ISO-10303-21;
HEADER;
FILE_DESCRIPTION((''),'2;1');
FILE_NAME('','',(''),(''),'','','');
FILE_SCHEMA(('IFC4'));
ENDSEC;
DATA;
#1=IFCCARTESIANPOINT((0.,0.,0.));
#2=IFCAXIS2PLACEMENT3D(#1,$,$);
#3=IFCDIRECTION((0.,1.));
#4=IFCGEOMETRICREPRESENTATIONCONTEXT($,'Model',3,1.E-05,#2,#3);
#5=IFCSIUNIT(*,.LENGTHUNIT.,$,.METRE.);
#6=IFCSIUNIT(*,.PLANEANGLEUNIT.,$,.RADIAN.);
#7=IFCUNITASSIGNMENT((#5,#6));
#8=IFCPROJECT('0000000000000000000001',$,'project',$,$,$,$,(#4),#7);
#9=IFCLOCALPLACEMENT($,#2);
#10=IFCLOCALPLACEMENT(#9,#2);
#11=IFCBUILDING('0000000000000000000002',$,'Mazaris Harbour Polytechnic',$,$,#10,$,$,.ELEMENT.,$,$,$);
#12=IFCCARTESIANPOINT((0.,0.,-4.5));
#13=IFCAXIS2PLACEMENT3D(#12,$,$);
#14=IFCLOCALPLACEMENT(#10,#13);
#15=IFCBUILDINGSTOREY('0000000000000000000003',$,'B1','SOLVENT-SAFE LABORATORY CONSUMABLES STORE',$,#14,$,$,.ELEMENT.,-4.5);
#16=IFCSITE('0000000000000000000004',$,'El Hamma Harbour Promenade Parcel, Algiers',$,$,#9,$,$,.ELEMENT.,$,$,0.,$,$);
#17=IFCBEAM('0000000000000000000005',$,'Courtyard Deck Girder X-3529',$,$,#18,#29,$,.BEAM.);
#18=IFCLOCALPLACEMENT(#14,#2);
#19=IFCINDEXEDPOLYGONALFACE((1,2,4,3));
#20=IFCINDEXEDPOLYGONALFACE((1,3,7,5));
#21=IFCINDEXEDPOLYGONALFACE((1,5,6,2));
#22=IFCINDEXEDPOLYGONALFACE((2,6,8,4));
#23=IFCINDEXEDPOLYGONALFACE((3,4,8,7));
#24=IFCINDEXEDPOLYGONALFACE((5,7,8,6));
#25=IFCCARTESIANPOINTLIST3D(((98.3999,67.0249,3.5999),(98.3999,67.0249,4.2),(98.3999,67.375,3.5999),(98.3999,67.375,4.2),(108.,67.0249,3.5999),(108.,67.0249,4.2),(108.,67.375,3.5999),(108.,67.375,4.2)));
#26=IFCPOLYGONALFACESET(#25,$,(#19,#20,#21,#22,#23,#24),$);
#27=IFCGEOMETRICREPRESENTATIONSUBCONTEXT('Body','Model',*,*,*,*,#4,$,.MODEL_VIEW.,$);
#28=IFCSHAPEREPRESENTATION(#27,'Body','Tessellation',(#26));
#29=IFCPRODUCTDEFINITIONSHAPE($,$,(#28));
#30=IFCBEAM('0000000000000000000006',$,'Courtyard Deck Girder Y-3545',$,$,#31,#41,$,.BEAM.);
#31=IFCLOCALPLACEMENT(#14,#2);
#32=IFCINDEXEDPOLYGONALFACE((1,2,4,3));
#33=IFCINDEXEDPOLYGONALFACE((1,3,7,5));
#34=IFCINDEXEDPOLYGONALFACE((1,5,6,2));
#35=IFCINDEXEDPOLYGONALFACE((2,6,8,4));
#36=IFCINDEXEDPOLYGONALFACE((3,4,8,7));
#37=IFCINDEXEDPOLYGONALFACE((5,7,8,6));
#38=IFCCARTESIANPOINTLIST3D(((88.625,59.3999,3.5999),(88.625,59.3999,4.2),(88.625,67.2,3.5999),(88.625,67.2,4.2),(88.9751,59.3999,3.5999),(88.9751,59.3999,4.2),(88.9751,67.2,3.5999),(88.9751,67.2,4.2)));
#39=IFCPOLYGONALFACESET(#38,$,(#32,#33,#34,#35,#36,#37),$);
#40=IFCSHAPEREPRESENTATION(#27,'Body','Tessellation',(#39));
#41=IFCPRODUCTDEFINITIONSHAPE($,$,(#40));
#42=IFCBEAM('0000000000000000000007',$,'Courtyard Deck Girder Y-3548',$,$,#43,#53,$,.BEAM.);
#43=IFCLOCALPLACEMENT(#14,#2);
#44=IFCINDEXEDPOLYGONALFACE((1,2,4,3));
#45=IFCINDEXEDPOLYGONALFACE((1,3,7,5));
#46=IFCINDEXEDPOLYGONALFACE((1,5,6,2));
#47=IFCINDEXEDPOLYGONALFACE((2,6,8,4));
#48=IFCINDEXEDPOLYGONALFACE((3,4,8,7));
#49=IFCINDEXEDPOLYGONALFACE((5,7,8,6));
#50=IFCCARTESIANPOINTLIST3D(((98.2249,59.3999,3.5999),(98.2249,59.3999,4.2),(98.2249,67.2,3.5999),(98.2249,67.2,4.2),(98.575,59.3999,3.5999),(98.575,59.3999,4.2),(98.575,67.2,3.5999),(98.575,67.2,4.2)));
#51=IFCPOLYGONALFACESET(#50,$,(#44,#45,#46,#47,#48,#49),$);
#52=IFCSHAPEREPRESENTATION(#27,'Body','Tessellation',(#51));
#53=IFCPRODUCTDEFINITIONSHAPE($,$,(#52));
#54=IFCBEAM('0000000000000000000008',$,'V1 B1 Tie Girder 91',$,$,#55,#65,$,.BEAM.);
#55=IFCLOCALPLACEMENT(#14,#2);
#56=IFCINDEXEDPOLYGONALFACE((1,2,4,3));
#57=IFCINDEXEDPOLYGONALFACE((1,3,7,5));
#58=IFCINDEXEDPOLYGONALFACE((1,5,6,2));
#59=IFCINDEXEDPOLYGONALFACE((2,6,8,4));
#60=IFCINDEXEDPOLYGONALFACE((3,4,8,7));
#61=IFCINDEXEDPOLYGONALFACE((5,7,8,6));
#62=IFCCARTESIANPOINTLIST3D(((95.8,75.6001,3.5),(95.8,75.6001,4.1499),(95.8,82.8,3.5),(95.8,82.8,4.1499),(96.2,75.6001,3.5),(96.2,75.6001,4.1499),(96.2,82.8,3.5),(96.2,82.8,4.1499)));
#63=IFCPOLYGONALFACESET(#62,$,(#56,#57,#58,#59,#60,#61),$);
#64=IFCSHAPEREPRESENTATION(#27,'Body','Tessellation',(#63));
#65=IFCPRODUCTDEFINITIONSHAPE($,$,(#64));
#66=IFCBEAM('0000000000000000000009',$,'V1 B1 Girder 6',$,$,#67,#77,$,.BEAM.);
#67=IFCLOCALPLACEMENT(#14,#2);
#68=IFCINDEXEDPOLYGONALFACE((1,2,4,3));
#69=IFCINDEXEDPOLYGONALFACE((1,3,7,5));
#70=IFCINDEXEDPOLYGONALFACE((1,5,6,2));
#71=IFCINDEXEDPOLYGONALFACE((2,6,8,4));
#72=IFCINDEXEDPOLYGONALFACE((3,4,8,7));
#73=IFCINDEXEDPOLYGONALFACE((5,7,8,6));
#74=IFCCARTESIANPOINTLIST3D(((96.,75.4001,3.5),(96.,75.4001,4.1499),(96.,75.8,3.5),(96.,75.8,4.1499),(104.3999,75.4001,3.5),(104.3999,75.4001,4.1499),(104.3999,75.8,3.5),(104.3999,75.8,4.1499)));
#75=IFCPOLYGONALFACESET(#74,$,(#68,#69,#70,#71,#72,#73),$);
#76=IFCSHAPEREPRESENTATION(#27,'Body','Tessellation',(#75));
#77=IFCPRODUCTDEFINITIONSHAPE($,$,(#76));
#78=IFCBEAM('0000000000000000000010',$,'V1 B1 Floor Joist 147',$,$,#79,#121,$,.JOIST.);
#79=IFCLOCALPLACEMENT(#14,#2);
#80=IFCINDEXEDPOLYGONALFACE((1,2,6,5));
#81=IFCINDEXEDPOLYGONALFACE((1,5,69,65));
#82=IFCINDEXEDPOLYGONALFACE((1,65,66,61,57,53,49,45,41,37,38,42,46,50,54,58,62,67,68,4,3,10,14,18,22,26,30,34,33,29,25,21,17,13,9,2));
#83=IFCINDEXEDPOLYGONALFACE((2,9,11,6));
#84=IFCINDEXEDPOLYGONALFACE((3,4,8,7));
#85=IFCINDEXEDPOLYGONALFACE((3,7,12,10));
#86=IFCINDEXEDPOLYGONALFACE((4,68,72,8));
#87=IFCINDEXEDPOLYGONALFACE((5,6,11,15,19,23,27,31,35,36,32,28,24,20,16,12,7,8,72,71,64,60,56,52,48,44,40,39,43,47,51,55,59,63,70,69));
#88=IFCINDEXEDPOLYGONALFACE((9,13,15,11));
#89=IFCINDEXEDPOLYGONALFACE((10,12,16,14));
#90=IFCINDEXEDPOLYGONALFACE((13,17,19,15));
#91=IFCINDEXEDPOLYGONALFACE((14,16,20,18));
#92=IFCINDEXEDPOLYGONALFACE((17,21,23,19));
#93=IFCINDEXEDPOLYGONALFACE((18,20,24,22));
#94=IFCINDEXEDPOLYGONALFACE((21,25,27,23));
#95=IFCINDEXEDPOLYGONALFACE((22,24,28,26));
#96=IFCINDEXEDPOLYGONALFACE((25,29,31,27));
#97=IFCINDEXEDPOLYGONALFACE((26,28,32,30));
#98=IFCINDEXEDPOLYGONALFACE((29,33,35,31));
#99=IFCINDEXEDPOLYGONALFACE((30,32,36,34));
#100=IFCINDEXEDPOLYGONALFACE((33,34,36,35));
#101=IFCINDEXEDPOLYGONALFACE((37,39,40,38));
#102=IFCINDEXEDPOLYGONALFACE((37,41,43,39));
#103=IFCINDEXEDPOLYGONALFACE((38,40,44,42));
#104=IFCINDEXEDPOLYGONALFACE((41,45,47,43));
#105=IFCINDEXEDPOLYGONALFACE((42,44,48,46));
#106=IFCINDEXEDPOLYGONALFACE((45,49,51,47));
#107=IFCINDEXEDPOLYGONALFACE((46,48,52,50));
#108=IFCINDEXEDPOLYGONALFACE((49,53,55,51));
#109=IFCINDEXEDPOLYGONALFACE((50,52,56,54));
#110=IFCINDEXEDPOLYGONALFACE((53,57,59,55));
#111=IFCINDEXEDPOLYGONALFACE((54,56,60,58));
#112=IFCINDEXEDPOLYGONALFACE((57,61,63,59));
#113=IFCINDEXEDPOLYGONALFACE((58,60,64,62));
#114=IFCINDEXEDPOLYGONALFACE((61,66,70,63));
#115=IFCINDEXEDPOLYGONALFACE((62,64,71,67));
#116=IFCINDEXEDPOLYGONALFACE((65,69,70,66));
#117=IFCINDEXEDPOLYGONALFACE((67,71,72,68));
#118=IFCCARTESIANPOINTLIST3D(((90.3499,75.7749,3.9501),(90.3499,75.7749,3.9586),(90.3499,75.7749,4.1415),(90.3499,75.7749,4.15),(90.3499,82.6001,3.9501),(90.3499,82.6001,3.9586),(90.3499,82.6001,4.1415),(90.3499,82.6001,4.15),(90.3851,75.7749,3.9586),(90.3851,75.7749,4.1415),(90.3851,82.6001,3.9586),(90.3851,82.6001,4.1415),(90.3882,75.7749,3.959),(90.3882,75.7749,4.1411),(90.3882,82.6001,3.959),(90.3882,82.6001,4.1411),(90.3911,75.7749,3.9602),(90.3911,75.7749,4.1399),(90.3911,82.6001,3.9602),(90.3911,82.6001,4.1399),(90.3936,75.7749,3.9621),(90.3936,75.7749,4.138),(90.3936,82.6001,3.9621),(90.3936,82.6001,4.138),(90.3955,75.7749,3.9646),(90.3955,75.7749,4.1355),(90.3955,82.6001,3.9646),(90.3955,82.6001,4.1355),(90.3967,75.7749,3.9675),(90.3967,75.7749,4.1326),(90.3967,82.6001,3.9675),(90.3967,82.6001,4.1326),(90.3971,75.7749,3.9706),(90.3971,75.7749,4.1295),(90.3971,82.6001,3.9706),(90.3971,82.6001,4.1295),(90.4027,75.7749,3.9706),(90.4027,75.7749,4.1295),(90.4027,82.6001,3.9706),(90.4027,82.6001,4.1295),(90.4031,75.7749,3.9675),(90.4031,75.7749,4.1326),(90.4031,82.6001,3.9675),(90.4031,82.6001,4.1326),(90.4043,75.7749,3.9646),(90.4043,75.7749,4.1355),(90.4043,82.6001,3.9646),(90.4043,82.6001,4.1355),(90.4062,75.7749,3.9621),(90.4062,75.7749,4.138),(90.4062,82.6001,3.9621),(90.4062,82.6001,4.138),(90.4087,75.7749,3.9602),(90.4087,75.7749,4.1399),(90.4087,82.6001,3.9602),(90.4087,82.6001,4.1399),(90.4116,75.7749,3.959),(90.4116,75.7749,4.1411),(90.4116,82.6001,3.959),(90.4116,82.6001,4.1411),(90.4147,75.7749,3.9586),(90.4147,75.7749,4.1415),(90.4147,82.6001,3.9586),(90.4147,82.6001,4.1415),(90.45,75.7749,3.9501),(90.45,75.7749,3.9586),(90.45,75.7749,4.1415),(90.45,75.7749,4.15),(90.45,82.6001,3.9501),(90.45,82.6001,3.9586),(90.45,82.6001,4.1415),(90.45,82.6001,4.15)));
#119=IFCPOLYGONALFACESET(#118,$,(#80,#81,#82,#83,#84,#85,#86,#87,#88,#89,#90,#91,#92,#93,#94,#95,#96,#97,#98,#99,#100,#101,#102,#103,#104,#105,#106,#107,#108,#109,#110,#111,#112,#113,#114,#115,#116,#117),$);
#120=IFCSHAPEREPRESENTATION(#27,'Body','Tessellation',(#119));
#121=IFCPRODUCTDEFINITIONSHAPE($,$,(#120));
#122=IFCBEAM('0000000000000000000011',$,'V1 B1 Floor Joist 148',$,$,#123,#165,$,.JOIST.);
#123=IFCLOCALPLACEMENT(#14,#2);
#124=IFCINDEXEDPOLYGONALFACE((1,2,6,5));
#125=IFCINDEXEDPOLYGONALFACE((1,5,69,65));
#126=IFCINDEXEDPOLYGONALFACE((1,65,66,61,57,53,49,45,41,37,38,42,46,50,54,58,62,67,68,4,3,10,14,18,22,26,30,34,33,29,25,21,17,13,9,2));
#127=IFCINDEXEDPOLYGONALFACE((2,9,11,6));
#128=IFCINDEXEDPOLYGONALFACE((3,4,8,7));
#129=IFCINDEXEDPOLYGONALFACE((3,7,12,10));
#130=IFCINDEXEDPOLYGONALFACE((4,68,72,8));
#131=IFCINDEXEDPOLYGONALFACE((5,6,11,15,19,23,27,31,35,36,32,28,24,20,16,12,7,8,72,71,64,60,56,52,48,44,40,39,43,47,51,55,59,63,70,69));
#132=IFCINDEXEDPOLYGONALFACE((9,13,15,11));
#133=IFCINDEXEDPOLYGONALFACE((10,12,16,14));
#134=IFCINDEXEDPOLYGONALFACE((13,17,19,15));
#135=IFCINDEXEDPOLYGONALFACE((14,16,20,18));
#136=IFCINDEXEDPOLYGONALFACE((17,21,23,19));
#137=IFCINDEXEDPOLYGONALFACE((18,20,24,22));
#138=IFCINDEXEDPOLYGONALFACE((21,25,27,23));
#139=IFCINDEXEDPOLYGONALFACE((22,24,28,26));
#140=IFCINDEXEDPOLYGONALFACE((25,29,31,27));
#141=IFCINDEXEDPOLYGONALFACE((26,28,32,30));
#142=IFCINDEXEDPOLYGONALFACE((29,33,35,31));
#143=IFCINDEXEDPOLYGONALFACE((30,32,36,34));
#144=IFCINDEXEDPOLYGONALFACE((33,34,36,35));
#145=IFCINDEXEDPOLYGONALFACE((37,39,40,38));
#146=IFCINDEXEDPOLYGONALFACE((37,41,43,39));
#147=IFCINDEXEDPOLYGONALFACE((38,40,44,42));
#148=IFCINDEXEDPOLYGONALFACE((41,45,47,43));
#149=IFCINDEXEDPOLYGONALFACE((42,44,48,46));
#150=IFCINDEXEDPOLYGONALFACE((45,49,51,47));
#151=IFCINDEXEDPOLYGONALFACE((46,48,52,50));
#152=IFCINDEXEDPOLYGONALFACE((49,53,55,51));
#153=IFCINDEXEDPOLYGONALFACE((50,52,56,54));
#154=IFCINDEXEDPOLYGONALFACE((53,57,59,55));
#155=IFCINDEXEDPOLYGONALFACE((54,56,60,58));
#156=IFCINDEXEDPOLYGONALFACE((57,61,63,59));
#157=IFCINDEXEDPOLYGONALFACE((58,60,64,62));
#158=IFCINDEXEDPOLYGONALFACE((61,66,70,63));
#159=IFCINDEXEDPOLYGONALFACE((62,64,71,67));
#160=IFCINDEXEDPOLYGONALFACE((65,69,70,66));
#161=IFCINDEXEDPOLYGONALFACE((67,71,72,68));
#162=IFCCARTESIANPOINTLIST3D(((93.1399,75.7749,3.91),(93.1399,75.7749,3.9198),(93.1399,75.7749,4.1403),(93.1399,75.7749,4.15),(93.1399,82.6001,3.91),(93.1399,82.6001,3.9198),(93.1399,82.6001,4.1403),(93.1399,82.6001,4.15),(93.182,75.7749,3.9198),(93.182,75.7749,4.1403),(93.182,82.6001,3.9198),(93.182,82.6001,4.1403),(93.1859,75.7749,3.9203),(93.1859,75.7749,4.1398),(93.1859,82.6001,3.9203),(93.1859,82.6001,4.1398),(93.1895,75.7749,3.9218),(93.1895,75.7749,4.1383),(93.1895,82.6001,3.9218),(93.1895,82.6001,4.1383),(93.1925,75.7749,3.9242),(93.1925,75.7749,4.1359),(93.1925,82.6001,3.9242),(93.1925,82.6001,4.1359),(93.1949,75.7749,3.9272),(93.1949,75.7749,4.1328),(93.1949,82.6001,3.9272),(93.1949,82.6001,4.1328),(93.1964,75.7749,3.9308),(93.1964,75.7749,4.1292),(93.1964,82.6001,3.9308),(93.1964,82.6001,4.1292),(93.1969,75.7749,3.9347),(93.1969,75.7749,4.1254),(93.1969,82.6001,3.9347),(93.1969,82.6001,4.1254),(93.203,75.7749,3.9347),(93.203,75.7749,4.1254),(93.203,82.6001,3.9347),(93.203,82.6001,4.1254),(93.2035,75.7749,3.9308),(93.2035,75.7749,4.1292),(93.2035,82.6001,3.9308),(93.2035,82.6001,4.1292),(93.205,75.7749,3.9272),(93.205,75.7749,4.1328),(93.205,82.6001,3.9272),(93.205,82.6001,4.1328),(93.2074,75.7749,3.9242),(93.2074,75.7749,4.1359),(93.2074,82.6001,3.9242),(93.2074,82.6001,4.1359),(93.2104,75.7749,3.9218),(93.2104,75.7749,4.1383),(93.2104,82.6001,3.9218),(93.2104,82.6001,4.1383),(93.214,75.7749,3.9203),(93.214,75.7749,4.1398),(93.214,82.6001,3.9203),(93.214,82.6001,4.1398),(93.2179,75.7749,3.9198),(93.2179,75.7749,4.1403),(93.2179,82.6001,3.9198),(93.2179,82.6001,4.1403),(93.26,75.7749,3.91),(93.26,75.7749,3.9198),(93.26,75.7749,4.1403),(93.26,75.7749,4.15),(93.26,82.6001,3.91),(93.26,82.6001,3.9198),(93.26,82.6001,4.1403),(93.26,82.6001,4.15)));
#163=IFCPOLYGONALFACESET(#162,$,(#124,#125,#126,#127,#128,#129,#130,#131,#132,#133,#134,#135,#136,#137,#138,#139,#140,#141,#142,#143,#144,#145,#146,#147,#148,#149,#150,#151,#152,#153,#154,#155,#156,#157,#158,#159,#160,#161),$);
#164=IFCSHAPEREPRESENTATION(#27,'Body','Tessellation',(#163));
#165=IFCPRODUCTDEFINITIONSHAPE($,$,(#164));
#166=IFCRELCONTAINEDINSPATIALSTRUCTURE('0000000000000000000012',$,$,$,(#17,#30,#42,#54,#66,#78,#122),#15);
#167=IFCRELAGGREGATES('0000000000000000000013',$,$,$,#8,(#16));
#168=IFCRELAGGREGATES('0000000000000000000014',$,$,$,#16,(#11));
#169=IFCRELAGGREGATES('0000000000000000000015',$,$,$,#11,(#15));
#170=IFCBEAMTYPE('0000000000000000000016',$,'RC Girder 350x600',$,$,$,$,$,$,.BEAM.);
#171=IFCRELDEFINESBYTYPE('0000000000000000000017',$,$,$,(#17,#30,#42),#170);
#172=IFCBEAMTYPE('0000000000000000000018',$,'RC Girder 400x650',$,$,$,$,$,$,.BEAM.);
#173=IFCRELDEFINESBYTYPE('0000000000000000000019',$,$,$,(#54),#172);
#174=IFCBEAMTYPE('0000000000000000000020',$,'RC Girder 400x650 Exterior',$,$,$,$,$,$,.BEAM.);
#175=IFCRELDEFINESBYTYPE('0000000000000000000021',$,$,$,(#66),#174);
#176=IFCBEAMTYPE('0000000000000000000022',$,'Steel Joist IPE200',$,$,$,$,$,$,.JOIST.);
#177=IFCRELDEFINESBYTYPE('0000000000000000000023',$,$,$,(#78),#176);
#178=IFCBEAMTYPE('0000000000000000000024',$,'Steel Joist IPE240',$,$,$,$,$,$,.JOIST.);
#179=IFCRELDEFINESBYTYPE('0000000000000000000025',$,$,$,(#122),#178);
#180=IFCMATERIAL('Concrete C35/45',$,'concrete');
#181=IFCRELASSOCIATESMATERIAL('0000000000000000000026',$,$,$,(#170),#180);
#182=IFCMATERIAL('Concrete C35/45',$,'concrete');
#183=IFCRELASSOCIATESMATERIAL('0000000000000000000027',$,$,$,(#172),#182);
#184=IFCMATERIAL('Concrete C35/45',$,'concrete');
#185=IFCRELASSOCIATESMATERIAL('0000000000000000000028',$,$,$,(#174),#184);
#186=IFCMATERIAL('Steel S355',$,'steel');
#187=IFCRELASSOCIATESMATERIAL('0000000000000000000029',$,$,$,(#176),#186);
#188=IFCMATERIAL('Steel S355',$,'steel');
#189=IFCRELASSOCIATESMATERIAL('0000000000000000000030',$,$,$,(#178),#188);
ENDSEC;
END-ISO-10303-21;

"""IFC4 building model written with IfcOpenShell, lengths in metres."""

from ifc_helpers import new_model, si_unit, direction, frame, origin, origin_2d, place, context, subcontext, project, spatial, rectangle, i_section, extrude, material, material_profile, profile_set, type_object, element, save


model = new_model("IFC4")

# Units and contexts
model_context = context("Model", 3, precision=1e-05, world=origin(), true_north=direction((0.0, 1.0)))
body_context = subcontext(model_context, "Body", "Model", "MODEL_VIEW")
ifc_project = project(units=[si_unit("LENGTHUNIT", "METRE"), si_unit("PLANEANGLEUNIT", "RADIAN")], contexts=[model_context])

# Site, building, storey
site_placement = place(None, origin())
site = spatial("IfcSite", under=ifc_project, at=site_placement, Name="El Hamma Harbour Promenade Parcel, Algiers", CompositionType="ELEMENT", RefElevation=0.0)
building_placement = place(site_placement, origin())
building = spatial("IfcBuilding", under=site, at=building_placement, Name="Mazaris Harbour Polytechnic", CompositionType="ELEMENT")
storey_placement = place(building_placement, frame((0.0, 0.0, -4.5)))
storey = spatial("IfcBuildingStorey", under=building, at=storey_placement, Name="B1", Description="SOLVENT-SAFE LABORATORY CONSUMABLES STORE", CompositionType="ELEMENT", Elevation=-4.5)

# Beams
ifc_material_1 = material(Name="Concrete C35/45", Category="concrete")
ifc_material_profile_1 = material_profile(ifc_material_1, rectangle(XDim=0.3501, YDim=0.6001, at=origin_2d()), Name="RECT350x600")
ifc_profile_set_1 = profile_set([ifc_material_profile_1], Name="Concrete C35/45")
beam_type_1 = type_object("IfcBeamType", Name="RC Girder 350x600", PredefinedType="BEAM", material=ifc_profile_set_1)
beam_1_placement = place(storey_placement, frame((98.3999, 67.2, 3.8999), z_axis=(1.0, 0.0, 0.0), x_axis=(0.0, 1.0, 0.0)))
element("IfcBeam", 1, at=beam_1_placement, inside=storey, type_object=beam_type_1, Name="Courtyard Deck Girder X-3529", PredefinedType="BEAM", context=body_context, shape_type="SweptSolid", body=[
    extrude(rectangle(XDim=0.3501, YDim=0.6001, at=origin_2d()), origin(), (0.0, 0.0, 1.0), 9.6001),
])
for number, where, z_axis, x_axis, name in (
    (2, (88.8, 59.3999, 3.8999), (0.0, 1.0, 0.0), (-1.0, 0.0, 0.0), "Courtyard Deck Girder Y-3545"),
    (3, (98.3999, 59.3999, 3.8999), (0.0, 1.0, 0.0), (-1.0, 0.0, 0.0), "Courtyard Deck Girder Y-3548"),
):
    element("IfcBeam", number, at=place(storey_placement, frame(where, z_axis=z_axis, x_axis=x_axis)), inside=storey, type_object=beam_type_1, Name=name, PredefinedType="BEAM", context=body_context, shape_type="SweptSolid", body=[
        extrude(rectangle(XDim=0.3501, YDim=0.6001, at=origin_2d()), origin(), (0.0, 0.0, 1.0), 7.8),
    ])
ifc_material_2 = material(Name="Concrete C35/45", Category="concrete")
ifc_material_profile_2 = material_profile(ifc_material_2, rectangle(XDim=0.3999, YDim=0.6499, at=origin_2d()), Name="RECT400x650")
ifc_profile_set_2 = profile_set([ifc_material_profile_2], Name="Concrete C35/45")
beam_type_2 = type_object("IfcBeamType", Name="RC Girder 400x650", PredefinedType="BEAM", material=ifc_profile_set_2)
beam_2_placement = place(storey_placement, frame((96.0, 75.6001, 3.825), z_axis=(0.0, 1.0, 0.0), x_axis=(-1.0, 0.0, 0.0)))
element("IfcBeam", 4, at=beam_2_placement, inside=storey, type_object=beam_type_2, Name="V1 B1 Tie Girder 91", PredefinedType="BEAM", context=body_context, shape_type="SweptSolid", body=[
    extrude(rectangle(XDim=0.3999, YDim=0.6499, at=origin_2d()), origin(), (0.0, 0.0, 1.0), 7.2),
])
ifc_material_3 = material(Name="Concrete C35/45", Category="concrete")
ifc_material_profile_3 = material_profile(ifc_material_3, rectangle(XDim=0.3999, YDim=0.6499, at=origin_2d()), Name="RECT400x650")
ifc_profile_set_3 = profile_set([ifc_material_profile_3], Name="Concrete C35/45")
beam_type_3 = type_object("IfcBeamType", Name="RC Girder 400x650 Exterior", PredefinedType="BEAM", material=ifc_profile_set_3)
beam_3_placement = place(storey_placement, frame((96.0, 75.6001, 3.825), z_axis=(1.0, 0.0, 0.0), x_axis=(0.0, 1.0, 0.0)))
element("IfcBeam", 5, at=beam_3_placement, inside=storey, type_object=beam_type_3, Name="V1 B1 Girder 6", PredefinedType="BEAM", context=body_context, shape_type="SweptSolid", body=[
    extrude(rectangle(XDim=0.3999, YDim=0.6499, at=origin_2d()), origin(), (0.0, 0.0, 1.0), 8.3999),
])
ifc_material_4 = material(Name="Steel S355", Category="steel")
ifc_material_profile_4 = material_profile(ifc_material_4, i_section(OverallWidth=0.1001, OverallDepth=0.2, WebThickness=0.0056, FlangeThickness=0.0085, FilletRadius=0.012, at=origin_2d()), Name="IPE 200")
ifc_profile_set_4 = profile_set([ifc_material_profile_4], Name="Steel S355")
beam_type_4 = type_object("IfcBeamType", Name="Steel Joist IPE200", PredefinedType="JOIST", material=ifc_profile_set_4)
beam_4_placement = place(storey_placement, frame((90.3999, 75.7749, 4.05), z_axis=(0.0, 1.0, 0.0), x_axis=(-1.0, 0.0, 0.0)))
element("IfcBeam", 6, at=beam_4_placement, inside=storey, type_object=beam_type_4, Name="V1 B1 Floor Joist 147", PredefinedType="JOIST", context=body_context, shape_type="SweptSolid", body=[
    extrude(i_section(OverallWidth=0.1001, OverallDepth=0.2, WebThickness=0.0056, FlangeThickness=0.0085, FilletRadius=0.012, at=origin_2d()), origin(), (0.0, 0.0, 1.0), 6.8252),
])
ifc_material_5 = material(Name="Steel S355", Category="steel")
ifc_material_profile_5 = material_profile(ifc_material_5, i_section(OverallWidth=0.1201, OverallDepth=0.24, WebThickness=0.0061, FlangeThickness=0.0098, FilletRadius=0.0149, at=origin_2d()), Name="IPE 240")
ifc_profile_set_5 = profile_set([ifc_material_profile_5], Name="Steel S355")
beam_type_5 = type_object("IfcBeamType", Name="Steel Joist IPE240", PredefinedType="JOIST", material=ifc_profile_set_5)
beam_5_placement = place(storey_placement, frame((93.2, 75.7749, 4.03), z_axis=(0.0, 1.0, 0.0), x_axis=(-1.0, 0.0, 0.0)))
element("IfcBeam", 7, at=beam_5_placement, inside=storey, type_object=beam_type_5, Name="V1 B1 Floor Joist 148", PredefinedType="JOIST", context=body_context, shape_type="SweptSolid", body=[
    extrude(i_section(OverallWidth=0.1201, OverallDepth=0.24, WebThickness=0.0061, FlangeThickness=0.0098, FilletRadius=0.0149, at=origin_2d()), origin(), (0.0, 0.0, 1.0), 6.8252),
])

save(model, "model.ifc")
